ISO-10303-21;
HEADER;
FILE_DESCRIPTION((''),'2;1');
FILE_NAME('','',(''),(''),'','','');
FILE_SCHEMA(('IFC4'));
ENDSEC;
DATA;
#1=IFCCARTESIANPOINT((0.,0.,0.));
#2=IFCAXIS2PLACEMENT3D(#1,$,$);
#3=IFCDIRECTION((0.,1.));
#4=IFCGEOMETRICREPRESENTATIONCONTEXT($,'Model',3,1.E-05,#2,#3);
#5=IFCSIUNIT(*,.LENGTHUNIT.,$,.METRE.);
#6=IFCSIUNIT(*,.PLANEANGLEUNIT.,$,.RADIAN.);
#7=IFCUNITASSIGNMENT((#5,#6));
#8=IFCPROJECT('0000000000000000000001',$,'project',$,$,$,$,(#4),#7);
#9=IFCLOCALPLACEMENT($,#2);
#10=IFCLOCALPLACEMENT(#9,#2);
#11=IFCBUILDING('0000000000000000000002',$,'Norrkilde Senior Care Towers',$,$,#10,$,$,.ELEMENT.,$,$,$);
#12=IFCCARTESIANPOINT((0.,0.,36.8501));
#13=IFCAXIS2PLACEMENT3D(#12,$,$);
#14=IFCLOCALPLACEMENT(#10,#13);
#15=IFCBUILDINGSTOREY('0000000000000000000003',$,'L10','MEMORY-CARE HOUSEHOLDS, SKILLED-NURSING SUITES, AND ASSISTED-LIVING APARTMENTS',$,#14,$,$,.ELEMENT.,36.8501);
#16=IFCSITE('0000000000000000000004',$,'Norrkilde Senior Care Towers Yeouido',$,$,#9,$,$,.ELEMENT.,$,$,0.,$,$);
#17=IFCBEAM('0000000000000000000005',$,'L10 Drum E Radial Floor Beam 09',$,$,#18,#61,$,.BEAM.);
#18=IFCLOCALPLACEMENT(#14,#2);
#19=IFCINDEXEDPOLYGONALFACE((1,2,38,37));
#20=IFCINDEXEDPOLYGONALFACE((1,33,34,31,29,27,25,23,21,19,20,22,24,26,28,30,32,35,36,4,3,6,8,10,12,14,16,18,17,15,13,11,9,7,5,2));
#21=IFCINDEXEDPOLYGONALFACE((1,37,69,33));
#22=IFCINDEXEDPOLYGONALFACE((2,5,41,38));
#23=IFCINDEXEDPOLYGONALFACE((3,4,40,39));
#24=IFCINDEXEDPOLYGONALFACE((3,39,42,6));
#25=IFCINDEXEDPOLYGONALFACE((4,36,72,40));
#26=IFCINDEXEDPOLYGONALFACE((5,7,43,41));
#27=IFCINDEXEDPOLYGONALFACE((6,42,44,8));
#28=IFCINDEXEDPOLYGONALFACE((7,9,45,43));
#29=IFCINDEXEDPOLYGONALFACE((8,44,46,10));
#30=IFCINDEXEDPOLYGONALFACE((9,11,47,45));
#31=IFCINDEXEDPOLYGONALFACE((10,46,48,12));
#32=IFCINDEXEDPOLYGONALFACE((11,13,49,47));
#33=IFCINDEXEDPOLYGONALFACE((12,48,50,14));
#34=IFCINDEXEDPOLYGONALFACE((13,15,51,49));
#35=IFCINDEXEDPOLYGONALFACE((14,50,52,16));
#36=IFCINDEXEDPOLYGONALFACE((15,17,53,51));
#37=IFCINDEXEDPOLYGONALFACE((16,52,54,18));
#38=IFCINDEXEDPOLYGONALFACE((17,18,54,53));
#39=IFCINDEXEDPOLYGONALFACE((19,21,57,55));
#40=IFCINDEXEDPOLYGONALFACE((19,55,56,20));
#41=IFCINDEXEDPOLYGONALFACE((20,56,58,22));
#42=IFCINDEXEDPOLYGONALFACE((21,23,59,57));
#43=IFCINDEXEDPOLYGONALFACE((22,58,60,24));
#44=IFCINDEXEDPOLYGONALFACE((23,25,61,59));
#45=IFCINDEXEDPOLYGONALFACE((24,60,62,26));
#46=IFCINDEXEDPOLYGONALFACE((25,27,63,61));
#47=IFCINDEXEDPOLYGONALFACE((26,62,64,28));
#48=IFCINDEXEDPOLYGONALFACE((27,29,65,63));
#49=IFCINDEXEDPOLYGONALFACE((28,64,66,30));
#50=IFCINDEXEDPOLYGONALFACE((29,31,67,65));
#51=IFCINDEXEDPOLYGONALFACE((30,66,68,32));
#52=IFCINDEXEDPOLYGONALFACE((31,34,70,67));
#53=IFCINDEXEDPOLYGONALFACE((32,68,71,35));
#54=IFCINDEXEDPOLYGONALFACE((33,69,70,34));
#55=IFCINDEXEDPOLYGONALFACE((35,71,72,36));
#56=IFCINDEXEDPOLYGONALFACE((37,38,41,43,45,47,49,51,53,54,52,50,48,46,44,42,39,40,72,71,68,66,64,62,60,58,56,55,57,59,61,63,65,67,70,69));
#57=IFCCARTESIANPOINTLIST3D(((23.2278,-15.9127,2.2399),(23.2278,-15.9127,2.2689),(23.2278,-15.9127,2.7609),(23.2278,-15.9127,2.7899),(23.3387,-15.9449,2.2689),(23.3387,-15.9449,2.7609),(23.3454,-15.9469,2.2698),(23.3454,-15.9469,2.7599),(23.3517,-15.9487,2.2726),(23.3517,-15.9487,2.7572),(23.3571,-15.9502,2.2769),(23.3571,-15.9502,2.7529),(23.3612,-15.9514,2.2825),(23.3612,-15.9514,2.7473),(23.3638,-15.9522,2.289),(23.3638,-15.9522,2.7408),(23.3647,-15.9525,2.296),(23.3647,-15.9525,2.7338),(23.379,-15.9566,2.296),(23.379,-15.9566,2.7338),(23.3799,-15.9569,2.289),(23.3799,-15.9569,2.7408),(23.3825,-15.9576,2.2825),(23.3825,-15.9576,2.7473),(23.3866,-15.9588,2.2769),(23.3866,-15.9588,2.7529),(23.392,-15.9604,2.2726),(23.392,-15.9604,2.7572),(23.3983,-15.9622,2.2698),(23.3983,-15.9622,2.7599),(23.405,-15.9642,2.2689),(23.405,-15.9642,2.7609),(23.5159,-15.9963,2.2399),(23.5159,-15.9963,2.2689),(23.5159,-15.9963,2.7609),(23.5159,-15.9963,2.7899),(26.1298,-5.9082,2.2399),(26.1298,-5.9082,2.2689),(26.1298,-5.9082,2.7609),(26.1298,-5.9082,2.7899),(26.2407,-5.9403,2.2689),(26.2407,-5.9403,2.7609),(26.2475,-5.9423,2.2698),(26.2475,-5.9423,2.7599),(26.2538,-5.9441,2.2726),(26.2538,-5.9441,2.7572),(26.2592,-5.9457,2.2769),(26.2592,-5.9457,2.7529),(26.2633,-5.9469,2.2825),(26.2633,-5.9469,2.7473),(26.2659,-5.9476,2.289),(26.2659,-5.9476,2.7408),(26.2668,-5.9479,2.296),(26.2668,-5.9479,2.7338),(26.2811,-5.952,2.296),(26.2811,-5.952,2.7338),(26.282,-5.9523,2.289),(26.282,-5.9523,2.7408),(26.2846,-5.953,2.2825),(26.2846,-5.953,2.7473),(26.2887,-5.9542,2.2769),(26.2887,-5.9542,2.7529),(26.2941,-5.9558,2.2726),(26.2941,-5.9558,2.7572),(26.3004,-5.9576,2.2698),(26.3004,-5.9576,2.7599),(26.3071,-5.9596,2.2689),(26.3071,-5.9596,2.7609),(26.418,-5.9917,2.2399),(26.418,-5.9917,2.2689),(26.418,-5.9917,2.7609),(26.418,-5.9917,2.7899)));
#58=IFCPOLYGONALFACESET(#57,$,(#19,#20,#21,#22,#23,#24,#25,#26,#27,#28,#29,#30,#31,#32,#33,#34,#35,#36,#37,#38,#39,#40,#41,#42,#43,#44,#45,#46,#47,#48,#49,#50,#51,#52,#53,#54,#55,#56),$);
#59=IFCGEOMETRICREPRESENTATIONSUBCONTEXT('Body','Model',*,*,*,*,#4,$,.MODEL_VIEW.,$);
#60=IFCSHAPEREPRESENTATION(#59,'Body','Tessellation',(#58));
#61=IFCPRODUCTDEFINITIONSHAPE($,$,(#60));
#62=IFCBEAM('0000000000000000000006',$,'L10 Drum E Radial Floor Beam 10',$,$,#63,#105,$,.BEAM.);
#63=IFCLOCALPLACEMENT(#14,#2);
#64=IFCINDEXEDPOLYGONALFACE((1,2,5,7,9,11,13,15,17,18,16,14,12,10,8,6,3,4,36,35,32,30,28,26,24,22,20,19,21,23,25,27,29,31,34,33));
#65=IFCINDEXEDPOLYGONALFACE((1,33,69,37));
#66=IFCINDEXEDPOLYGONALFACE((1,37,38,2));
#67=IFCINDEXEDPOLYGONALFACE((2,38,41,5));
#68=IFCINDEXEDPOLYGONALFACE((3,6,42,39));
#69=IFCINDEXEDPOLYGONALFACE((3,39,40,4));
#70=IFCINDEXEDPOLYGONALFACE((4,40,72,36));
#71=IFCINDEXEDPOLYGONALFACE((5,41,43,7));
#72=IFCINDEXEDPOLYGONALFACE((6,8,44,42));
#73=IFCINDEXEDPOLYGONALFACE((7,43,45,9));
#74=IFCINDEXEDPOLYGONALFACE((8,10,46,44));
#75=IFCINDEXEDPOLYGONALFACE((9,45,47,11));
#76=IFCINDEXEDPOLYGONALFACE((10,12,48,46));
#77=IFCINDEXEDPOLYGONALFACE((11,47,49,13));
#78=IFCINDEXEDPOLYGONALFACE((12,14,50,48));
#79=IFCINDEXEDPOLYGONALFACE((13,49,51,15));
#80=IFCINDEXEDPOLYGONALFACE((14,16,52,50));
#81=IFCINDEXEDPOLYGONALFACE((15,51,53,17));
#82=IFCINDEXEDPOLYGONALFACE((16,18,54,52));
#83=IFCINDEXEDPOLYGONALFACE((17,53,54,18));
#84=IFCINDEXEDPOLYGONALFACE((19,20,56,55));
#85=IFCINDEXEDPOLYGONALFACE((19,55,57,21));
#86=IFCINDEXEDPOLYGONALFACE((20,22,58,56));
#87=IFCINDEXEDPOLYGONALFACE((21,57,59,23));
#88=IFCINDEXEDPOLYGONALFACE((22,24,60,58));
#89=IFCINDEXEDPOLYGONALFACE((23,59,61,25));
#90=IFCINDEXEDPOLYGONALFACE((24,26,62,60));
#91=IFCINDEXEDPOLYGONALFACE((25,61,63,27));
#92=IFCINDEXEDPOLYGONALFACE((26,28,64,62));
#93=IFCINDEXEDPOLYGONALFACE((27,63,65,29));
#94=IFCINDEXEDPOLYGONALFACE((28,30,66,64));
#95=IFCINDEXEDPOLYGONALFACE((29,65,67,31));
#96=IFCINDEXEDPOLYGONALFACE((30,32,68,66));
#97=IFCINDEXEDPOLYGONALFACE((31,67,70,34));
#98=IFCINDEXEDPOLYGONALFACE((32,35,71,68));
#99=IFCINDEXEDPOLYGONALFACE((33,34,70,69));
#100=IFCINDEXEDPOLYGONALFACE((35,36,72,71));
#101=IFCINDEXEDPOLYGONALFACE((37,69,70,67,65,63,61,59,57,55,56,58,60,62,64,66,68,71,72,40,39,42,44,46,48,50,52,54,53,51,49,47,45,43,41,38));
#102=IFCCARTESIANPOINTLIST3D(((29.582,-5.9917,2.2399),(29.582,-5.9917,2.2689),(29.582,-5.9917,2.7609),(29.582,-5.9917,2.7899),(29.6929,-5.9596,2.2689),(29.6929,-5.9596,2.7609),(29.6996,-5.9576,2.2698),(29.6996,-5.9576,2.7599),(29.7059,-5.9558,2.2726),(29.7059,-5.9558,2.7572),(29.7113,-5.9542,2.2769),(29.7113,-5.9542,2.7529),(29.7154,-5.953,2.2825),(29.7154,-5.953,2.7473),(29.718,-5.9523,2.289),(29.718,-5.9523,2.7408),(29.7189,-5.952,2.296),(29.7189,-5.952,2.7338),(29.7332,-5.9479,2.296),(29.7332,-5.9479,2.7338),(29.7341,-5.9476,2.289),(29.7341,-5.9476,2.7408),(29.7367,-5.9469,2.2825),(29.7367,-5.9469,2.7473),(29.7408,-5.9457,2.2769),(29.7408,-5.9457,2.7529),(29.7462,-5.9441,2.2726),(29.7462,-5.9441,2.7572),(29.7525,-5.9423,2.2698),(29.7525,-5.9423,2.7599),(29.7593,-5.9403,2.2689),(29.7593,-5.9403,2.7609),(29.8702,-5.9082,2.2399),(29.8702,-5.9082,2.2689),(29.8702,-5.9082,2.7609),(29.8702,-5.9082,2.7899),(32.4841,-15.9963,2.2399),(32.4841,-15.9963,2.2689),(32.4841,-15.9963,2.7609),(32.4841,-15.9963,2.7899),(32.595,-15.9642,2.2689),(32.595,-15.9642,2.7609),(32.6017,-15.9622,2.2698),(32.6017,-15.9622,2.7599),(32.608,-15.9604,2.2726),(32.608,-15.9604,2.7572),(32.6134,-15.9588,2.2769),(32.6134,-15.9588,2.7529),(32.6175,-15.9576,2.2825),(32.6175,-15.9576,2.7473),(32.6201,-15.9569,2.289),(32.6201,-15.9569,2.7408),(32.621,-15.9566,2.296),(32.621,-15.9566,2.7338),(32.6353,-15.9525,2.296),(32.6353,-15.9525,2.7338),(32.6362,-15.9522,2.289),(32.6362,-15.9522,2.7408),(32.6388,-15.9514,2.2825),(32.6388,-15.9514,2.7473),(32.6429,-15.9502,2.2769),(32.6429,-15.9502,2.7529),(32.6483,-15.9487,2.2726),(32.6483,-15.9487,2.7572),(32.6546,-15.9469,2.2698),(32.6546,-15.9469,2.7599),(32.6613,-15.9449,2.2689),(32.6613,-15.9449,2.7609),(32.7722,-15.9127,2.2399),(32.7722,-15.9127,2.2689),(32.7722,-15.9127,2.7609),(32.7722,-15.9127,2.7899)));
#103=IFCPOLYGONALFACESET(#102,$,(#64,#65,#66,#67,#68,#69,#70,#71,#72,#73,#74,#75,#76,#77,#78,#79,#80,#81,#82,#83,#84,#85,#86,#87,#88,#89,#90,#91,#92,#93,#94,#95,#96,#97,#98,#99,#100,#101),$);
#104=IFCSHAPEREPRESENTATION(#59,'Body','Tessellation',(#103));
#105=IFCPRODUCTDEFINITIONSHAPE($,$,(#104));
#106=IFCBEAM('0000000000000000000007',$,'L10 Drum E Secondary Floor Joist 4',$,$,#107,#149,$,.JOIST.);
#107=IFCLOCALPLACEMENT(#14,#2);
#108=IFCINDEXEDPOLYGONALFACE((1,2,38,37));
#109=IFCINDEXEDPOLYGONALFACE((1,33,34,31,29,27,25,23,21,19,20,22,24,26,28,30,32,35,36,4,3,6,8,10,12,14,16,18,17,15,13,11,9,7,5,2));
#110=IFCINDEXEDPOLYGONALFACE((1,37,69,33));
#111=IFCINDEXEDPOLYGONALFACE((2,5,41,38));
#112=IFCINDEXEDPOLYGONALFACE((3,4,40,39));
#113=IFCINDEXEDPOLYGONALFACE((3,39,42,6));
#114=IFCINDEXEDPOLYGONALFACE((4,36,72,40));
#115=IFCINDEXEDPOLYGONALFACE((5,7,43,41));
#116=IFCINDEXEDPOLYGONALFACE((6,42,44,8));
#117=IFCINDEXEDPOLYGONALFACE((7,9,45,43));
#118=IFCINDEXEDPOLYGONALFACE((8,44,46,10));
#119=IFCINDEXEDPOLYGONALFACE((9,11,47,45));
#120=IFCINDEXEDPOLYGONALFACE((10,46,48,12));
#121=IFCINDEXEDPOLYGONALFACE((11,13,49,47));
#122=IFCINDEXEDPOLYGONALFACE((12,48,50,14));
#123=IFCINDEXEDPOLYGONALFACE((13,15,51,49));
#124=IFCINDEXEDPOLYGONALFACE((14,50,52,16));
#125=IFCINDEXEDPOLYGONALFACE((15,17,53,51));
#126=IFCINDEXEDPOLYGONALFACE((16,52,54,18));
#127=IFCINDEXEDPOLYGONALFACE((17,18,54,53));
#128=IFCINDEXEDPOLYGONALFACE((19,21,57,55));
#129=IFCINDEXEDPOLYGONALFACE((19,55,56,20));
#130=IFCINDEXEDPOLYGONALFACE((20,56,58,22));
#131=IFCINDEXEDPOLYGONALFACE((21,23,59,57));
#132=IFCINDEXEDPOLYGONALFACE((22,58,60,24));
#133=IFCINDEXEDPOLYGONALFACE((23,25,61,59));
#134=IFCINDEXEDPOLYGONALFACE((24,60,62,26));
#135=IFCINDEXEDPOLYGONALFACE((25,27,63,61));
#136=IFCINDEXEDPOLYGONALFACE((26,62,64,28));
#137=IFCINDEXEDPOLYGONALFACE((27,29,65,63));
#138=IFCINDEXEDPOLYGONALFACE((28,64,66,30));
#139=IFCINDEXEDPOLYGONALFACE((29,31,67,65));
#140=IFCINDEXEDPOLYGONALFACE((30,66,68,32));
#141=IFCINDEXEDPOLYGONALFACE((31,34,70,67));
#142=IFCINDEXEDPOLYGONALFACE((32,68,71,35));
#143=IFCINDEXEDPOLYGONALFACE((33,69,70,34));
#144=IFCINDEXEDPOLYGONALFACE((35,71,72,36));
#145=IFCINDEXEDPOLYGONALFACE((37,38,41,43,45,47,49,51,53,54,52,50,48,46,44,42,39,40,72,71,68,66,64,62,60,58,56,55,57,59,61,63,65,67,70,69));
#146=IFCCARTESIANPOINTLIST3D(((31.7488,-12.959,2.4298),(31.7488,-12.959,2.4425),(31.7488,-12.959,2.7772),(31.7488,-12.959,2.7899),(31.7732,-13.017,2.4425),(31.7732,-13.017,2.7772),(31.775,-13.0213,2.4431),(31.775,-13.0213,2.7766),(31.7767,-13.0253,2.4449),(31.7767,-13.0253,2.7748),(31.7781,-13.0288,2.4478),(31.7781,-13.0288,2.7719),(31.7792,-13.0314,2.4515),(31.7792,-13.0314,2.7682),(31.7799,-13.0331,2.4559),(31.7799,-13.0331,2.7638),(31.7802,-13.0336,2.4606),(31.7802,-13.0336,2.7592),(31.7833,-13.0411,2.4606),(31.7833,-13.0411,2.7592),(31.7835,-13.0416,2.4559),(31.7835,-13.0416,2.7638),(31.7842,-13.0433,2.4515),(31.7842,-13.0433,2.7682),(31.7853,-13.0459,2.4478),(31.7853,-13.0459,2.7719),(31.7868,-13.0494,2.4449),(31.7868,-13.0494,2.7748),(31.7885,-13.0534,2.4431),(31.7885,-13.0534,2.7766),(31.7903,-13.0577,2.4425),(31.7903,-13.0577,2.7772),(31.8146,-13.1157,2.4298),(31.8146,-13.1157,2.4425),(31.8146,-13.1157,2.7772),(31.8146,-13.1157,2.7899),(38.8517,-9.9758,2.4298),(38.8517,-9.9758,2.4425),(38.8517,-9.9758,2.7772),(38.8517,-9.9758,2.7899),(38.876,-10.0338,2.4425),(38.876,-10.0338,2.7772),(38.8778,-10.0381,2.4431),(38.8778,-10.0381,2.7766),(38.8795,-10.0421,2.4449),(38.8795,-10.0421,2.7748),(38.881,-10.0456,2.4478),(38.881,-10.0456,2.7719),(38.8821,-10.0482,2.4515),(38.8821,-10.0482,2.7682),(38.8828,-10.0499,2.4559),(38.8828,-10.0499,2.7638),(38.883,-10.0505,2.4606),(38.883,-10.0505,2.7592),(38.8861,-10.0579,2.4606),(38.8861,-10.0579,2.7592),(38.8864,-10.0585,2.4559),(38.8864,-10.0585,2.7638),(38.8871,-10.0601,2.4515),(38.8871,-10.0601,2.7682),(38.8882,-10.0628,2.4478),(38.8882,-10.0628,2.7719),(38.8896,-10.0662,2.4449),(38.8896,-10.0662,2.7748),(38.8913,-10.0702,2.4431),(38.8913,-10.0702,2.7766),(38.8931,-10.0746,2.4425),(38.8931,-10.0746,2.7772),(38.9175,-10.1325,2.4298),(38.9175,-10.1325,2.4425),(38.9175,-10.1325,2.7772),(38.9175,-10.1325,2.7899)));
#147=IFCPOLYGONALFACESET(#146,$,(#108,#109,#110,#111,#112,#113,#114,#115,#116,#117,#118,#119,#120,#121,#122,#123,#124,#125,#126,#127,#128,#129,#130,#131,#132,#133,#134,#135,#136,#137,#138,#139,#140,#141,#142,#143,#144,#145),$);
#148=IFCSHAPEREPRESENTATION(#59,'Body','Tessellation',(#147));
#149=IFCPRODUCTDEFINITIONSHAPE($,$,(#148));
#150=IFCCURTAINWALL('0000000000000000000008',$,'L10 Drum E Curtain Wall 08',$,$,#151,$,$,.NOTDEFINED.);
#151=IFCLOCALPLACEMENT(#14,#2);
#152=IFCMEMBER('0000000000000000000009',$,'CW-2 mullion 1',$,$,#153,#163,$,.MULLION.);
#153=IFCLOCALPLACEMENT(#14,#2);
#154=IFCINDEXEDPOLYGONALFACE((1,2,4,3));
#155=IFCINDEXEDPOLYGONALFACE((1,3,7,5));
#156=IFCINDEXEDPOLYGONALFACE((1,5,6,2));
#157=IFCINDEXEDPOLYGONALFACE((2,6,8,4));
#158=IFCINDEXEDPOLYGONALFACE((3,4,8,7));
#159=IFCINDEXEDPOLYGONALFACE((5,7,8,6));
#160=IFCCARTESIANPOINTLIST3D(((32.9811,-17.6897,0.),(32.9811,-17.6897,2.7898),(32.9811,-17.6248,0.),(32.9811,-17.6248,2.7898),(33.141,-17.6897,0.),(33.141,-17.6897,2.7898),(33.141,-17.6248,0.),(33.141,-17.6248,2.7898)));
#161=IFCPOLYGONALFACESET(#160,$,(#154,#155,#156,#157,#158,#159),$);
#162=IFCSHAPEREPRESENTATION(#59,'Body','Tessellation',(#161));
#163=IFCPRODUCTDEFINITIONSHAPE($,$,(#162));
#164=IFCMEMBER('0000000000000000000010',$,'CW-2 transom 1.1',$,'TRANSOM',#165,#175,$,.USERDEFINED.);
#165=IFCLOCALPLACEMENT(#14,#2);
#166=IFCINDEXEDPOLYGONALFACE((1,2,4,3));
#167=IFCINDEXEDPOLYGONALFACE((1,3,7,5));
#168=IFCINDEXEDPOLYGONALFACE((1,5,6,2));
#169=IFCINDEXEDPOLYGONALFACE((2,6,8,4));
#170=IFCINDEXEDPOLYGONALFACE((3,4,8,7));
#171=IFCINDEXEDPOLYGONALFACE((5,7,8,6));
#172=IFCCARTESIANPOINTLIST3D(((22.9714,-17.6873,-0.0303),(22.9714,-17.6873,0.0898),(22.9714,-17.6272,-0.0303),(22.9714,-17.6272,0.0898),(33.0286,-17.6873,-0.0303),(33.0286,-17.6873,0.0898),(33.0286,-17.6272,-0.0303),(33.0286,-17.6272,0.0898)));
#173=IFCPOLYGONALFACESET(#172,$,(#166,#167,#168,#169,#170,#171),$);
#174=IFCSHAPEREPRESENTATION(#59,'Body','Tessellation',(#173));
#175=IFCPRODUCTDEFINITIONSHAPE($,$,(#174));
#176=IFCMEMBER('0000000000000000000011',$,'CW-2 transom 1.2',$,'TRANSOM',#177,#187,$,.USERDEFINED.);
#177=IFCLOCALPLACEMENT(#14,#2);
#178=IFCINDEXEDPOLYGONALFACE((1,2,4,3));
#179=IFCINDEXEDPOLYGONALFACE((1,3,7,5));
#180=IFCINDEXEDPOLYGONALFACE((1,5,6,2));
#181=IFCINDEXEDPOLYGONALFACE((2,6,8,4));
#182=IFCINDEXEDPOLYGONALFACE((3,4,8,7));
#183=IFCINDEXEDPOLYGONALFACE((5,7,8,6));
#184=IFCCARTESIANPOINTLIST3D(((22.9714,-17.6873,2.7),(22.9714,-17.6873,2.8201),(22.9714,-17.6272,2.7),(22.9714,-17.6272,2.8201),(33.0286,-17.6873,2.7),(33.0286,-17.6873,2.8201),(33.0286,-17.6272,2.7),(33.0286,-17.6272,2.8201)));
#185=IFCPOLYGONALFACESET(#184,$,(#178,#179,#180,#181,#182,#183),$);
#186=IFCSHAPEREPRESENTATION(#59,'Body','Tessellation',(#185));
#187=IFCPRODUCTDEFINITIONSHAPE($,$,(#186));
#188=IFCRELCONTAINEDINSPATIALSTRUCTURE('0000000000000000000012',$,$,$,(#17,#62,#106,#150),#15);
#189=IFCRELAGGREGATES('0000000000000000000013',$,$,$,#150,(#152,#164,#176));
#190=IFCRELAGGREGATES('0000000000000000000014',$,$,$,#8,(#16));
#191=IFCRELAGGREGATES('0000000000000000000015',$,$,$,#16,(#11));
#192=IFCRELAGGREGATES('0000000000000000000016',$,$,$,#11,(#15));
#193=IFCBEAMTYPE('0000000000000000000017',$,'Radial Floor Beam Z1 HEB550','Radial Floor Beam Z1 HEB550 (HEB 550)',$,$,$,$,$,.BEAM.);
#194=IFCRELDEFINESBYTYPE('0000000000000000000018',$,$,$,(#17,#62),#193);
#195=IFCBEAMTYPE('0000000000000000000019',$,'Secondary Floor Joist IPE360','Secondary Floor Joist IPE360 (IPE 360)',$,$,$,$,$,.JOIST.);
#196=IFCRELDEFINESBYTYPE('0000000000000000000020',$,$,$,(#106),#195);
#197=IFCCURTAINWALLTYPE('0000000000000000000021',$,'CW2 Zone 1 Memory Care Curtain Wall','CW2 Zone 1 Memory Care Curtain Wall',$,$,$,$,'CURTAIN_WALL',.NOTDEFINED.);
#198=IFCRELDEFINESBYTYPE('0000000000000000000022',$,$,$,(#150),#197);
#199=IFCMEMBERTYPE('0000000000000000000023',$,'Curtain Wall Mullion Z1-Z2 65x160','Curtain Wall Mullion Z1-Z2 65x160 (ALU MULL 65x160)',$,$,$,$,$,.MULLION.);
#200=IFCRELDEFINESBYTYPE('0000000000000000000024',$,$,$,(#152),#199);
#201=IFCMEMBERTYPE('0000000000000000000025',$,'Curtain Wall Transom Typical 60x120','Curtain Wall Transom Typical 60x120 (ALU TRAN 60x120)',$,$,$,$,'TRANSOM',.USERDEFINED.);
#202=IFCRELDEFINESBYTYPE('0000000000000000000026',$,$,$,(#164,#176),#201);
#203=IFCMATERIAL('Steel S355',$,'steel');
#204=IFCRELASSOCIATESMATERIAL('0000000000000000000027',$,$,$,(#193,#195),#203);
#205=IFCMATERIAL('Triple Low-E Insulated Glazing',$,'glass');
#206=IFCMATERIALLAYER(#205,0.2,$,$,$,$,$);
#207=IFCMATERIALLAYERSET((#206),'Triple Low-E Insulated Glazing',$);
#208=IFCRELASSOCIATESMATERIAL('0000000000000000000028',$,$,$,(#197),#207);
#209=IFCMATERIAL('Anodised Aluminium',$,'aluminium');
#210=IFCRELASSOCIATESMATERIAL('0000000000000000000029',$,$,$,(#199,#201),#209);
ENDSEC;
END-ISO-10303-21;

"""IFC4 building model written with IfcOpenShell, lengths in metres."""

from ifc_helpers import new_model, si_unit, direction, frame, origin, origin_2d, place, context, subcontext, project, spatial, rectangle, i_section, extrude, source, transform, mapped, material, layer, layer_set, material_profile, profile_set, type_object, type_shapes, element, aggregate, save


model = new_model("IFC4")

# Units and contexts
model_context = context("Model", 3, precision=1e-05, world=origin(), true_north=direction((0.0, 1.0)))
body_context = subcontext(model_context, "Body", "Model", "MODEL_VIEW")
ifc_project = project(units=[si_unit("LENGTHUNIT", "METRE"), si_unit("PLANEANGLEUNIT", "RADIAN")], contexts=[model_context])

# Site, building, storey
site_placement = place(None, origin())
site = spatial("IfcSite", under=ifc_project, at=site_placement, Name="Norrkilde Senior Care Towers Yeouido", CompositionType="ELEMENT", RefElevation=0.0)
building_placement = place(site_placement, origin())
building = spatial("IfcBuilding", under=site, at=building_placement, Name="Norrkilde Senior Care Towers", CompositionType="ELEMENT")
storey_placement = place(building_placement, frame((0.0, 0.0, 36.8501)))
storey = spatial("IfcBuildingStorey", under=building, at=storey_placement, Name="L10", Description="MEMORY-CARE HOUSEHOLDS, SKILLED-NURSING SUITES, AND ASSISTED-LIVING APARTMENTS", CompositionType="ELEMENT", Elevation=36.8501)

# Beams
ifc_material_1 = material(Name="Steel S355", Category="steel")
ifc_material_profile_1 = material_profile(ifc_material_1, i_section(OverallWidth=0.3, OverallDepth=0.55, WebThickness=0.0149, FlangeThickness=0.0291, FilletRadius=0.0271, at=origin_2d()), Name="HEB 550")
ifc_profile_set_1 = profile_set([ifc_material_profile_1], Name="Steel S355")
beam_type_1 = type_object("IfcBeamType", Name="Radial Floor Beam Z1 HEB550", Description="Radial Floor Beam Z1 HEB550 (HEB 550)", PredefinedType="BEAM", material=ifc_profile_set_1)
shared_shape_1 = source(origin(), body_context, "Body", "SweptSolid", [
    extrude(i_section(OverallWidth=0.3, OverallDepth=0.55, WebThickness=0.0149, FlangeThickness=0.0291, FilletRadius=0.0271, at=origin_2d()), origin(), (0.0, 0.0, 1.0), 10.417),
])
for number, where, z_axis, x_axis, name in (
    (1, (26.2739, -5.95, 2.5149), (-0.278591, -0.96041, 0.0), (0.96041, -0.278591, 0.0), "L10 Drum E Radial Floor Beam 09"),
    (2, (29.7261, -5.95, 2.5149), (0.278591, -0.96041, 0.0), (0.96041, 0.278591, 0.0), "L10 Drum E Radial Floor Beam 10"),
):
    element("IfcBeam", number, at=place(storey_placement, frame(where, z_axis=z_axis, x_axis=x_axis)), inside=storey, type_object=beam_type_1, Name=name, PredefinedType="BEAM", context=body_context, shape_type="MappedRepresentation", body=[
        mapped(shared_shape_1, transform((0.0, 0.0, 0.0), x_axis=(1.0, 0.0, 0.0), y_axis=(0.0, 1.0, 0.0), z_axis=(0.0, 0.0, 1.0), scale=1.0)),
    ])
ifc_material_profile_2 = material_profile(ifc_material_1, i_section(OverallWidth=0.1699, OverallDepth=0.3601, WebThickness=0.0081, FlangeThickness=0.0127, FilletRadius=0.0181, at=origin_2d()), Name="IPE 360")
ifc_profile_set_2 = profile_set([ifc_material_profile_2], Name="Steel S355")
beam_type_2 = type_object("IfcBeamType", Name="Secondary Floor Joist IPE360", Description="Secondary Floor Joist IPE360 (IPE 360)", PredefinedType="JOIST", material=ifc_profile_set_2)
shared_shape_2 = source(origin(), body_context, "Body", "SweptSolid", [
    extrude(i_section(OverallWidth=0.1699, OverallDepth=0.3601, WebThickness=0.0081, FlangeThickness=0.0127, FilletRadius=0.0181, at=origin_2d()), origin(), (0.0, 0.0, 1.0), 7.7039),
])
type_shapes(beam_type_2, [shared_shape_2])
beam_1_placement = place(storey_placement, frame((31.7817, -13.0374, 2.6099), z_axis=(0.921983, 0.387231, 0.0), x_axis=(-0.387231, 0.921983, 0.0)))
element("IfcBeam", 3, at=beam_1_placement, inside=storey, type_object=beam_type_2, Name="L10 Drum E Secondary Floor Joist 4", PredefinedType="JOIST", context=body_context, shape_type="MappedRepresentation", body=[
    mapped(shared_shape_2, transform((0.0, 0.0, 0.0), x_axis=(1.0, 0.0, 0.0), y_axis=(0.0, 1.0, 0.0), z_axis=(0.0, 0.0, 1.0), scale=1.0)),
])

# Curtain wall, members
ifc_material_2 = material(Name="Triple Low-E Insulated Glazing", Category="glass")
ifc_layer_1 = layer(ifc_material_2, 0.2)
ifc_layer_set_1 = layer_set([ifc_layer_1], Name="Triple Low-E Insulated Glazing")
curtain_wall_type = type_object("IfcCurtainWallType", Name="CW2 Zone 1 Memory Care Curtain Wall", Description="CW2 Zone 1 Memory Care Curtain Wall", ElementType="CURTAIN_WALL", PredefinedType="NOTDEFINED", material=ifc_layer_set_1)
curtain_wall_placement = place(storey_placement, origin())
curtain_wall = element("IfcCurtainWall", 4, at=curtain_wall_placement, inside=storey, type_object=curtain_wall_type, Name="L10 Drum E Curtain Wall 08", PredefinedType="NOTDEFINED")
ifc_material_3 = material(Name="Anodised Aluminium", Category="aluminium")
ifc_material_profile_3 = material_profile(ifc_material_3, rectangle(XDim=0.0649, YDim=0.1599, at=origin_2d()), Name="ALU MULL 65x160")
ifc_profile_set_3 = profile_set([ifc_material_profile_3], Name="Anodised Aluminium")
member_type_1 = type_object("IfcMemberType", Name="Curtain Wall Mullion Z1-Z2 65x160", Description="Curtain Wall Mullion Z1-Z2 65x160 (ALU MULL 65x160)", PredefinedType="MULLION", material=ifc_profile_set_3)
shared_shape_3 = source(origin(), body_context, "Body", "SweptSolid", [
    extrude(rectangle(XDim=0.0649, YDim=0.1599, at=origin_2d()), origin(), (0.0, 0.0, 1.0), 2.7898),
])
type_shapes(member_type_1, [shared_shape_3])
member_1_placement = place(storey_placement, frame((33.061, -17.6572, 0.0), z_axis=(0.0, 0.0, 1.0), x_axis=(0.0, -1.0, 0.0)))
member_1 = element("IfcMember", 5, at=member_1_placement, type_object=member_type_1, Name="CW-2 mullion 1", PredefinedType="MULLION", context=body_context, shape_type="MappedRepresentation", body=[
    mapped(shared_shape_3, transform((0.0, 0.0, 0.0), x_axis=(1.0, 0.0, 0.0), y_axis=(0.0, 1.0, 0.0), z_axis=(0.0, 0.0, 1.0), scale=1.0)),
])
ifc_material_profile_4 = material_profile(ifc_material_3, rectangle(XDim=0.0601, YDim=0.1201, at=origin_2d()), Name="ALU TRAN 60x120")
ifc_profile_set_4 = profile_set([ifc_material_profile_4], Name="Anodised Aluminium")
member_type_2 = type_object("IfcMemberType", Name="Curtain Wall Transom Typical 60x120", Description="Curtain Wall Transom Typical 60x120 (ALU TRAN 60x120)", ElementType="TRANSOM", PredefinedType="USERDEFINED", material=ifc_profile_set_4)
shared_shape_4 = source(origin(), body_context, "Body", "SweptSolid", [
    extrude(rectangle(XDim=0.0601, YDim=0.1201, at=origin_2d()), origin(), (0.0, 0.0, 1.0), 10.0571),
])
type_shapes(member_type_2, [shared_shape_4])
member_2_placement = place(storey_placement, frame((33.0286, -17.6572, 0.0298), z_axis=(-1.0, 0.0, 0.0), x_axis=(0.0, -1.0, 0.0)))
member_2 = element("IfcMember", 6, at=member_2_placement, type_object=member_type_2, Name="CW-2 transom 1.1", ObjectType="TRANSOM", PredefinedType="USERDEFINED", context=body_context, shape_type="MappedRepresentation", body=[
    mapped(shared_shape_4, transform((0.0, 0.0, 0.0), x_axis=(1.0, 0.0, 0.0), y_axis=(0.0, 1.0, 0.0), z_axis=(0.0, 0.0, 1.0), scale=1.0)),
])
member_3_placement = place(storey_placement, frame((33.0286, -17.6572, 2.76), z_axis=(-1.0, 0.0, 0.0), x_axis=(0.0, -1.0, 0.0)))
member_3 = element("IfcMember", 7, at=member_3_placement, type_object=member_type_2, Name="CW-2 transom 1.2", ObjectType="TRANSOM", PredefinedType="USERDEFINED", context=body_context, shape_type="MappedRepresentation", body=[
    mapped(shared_shape_4, transform((0.0, 0.0, 0.0), x_axis=(1.0, 0.0, 0.0), y_axis=(0.0, 1.0, 0.0), z_axis=(0.0, 0.0, 1.0), scale=1.0)),
])
aggregate(curtain_wall, [member_1, member_2, member_3])

save(model, "model.ifc")
